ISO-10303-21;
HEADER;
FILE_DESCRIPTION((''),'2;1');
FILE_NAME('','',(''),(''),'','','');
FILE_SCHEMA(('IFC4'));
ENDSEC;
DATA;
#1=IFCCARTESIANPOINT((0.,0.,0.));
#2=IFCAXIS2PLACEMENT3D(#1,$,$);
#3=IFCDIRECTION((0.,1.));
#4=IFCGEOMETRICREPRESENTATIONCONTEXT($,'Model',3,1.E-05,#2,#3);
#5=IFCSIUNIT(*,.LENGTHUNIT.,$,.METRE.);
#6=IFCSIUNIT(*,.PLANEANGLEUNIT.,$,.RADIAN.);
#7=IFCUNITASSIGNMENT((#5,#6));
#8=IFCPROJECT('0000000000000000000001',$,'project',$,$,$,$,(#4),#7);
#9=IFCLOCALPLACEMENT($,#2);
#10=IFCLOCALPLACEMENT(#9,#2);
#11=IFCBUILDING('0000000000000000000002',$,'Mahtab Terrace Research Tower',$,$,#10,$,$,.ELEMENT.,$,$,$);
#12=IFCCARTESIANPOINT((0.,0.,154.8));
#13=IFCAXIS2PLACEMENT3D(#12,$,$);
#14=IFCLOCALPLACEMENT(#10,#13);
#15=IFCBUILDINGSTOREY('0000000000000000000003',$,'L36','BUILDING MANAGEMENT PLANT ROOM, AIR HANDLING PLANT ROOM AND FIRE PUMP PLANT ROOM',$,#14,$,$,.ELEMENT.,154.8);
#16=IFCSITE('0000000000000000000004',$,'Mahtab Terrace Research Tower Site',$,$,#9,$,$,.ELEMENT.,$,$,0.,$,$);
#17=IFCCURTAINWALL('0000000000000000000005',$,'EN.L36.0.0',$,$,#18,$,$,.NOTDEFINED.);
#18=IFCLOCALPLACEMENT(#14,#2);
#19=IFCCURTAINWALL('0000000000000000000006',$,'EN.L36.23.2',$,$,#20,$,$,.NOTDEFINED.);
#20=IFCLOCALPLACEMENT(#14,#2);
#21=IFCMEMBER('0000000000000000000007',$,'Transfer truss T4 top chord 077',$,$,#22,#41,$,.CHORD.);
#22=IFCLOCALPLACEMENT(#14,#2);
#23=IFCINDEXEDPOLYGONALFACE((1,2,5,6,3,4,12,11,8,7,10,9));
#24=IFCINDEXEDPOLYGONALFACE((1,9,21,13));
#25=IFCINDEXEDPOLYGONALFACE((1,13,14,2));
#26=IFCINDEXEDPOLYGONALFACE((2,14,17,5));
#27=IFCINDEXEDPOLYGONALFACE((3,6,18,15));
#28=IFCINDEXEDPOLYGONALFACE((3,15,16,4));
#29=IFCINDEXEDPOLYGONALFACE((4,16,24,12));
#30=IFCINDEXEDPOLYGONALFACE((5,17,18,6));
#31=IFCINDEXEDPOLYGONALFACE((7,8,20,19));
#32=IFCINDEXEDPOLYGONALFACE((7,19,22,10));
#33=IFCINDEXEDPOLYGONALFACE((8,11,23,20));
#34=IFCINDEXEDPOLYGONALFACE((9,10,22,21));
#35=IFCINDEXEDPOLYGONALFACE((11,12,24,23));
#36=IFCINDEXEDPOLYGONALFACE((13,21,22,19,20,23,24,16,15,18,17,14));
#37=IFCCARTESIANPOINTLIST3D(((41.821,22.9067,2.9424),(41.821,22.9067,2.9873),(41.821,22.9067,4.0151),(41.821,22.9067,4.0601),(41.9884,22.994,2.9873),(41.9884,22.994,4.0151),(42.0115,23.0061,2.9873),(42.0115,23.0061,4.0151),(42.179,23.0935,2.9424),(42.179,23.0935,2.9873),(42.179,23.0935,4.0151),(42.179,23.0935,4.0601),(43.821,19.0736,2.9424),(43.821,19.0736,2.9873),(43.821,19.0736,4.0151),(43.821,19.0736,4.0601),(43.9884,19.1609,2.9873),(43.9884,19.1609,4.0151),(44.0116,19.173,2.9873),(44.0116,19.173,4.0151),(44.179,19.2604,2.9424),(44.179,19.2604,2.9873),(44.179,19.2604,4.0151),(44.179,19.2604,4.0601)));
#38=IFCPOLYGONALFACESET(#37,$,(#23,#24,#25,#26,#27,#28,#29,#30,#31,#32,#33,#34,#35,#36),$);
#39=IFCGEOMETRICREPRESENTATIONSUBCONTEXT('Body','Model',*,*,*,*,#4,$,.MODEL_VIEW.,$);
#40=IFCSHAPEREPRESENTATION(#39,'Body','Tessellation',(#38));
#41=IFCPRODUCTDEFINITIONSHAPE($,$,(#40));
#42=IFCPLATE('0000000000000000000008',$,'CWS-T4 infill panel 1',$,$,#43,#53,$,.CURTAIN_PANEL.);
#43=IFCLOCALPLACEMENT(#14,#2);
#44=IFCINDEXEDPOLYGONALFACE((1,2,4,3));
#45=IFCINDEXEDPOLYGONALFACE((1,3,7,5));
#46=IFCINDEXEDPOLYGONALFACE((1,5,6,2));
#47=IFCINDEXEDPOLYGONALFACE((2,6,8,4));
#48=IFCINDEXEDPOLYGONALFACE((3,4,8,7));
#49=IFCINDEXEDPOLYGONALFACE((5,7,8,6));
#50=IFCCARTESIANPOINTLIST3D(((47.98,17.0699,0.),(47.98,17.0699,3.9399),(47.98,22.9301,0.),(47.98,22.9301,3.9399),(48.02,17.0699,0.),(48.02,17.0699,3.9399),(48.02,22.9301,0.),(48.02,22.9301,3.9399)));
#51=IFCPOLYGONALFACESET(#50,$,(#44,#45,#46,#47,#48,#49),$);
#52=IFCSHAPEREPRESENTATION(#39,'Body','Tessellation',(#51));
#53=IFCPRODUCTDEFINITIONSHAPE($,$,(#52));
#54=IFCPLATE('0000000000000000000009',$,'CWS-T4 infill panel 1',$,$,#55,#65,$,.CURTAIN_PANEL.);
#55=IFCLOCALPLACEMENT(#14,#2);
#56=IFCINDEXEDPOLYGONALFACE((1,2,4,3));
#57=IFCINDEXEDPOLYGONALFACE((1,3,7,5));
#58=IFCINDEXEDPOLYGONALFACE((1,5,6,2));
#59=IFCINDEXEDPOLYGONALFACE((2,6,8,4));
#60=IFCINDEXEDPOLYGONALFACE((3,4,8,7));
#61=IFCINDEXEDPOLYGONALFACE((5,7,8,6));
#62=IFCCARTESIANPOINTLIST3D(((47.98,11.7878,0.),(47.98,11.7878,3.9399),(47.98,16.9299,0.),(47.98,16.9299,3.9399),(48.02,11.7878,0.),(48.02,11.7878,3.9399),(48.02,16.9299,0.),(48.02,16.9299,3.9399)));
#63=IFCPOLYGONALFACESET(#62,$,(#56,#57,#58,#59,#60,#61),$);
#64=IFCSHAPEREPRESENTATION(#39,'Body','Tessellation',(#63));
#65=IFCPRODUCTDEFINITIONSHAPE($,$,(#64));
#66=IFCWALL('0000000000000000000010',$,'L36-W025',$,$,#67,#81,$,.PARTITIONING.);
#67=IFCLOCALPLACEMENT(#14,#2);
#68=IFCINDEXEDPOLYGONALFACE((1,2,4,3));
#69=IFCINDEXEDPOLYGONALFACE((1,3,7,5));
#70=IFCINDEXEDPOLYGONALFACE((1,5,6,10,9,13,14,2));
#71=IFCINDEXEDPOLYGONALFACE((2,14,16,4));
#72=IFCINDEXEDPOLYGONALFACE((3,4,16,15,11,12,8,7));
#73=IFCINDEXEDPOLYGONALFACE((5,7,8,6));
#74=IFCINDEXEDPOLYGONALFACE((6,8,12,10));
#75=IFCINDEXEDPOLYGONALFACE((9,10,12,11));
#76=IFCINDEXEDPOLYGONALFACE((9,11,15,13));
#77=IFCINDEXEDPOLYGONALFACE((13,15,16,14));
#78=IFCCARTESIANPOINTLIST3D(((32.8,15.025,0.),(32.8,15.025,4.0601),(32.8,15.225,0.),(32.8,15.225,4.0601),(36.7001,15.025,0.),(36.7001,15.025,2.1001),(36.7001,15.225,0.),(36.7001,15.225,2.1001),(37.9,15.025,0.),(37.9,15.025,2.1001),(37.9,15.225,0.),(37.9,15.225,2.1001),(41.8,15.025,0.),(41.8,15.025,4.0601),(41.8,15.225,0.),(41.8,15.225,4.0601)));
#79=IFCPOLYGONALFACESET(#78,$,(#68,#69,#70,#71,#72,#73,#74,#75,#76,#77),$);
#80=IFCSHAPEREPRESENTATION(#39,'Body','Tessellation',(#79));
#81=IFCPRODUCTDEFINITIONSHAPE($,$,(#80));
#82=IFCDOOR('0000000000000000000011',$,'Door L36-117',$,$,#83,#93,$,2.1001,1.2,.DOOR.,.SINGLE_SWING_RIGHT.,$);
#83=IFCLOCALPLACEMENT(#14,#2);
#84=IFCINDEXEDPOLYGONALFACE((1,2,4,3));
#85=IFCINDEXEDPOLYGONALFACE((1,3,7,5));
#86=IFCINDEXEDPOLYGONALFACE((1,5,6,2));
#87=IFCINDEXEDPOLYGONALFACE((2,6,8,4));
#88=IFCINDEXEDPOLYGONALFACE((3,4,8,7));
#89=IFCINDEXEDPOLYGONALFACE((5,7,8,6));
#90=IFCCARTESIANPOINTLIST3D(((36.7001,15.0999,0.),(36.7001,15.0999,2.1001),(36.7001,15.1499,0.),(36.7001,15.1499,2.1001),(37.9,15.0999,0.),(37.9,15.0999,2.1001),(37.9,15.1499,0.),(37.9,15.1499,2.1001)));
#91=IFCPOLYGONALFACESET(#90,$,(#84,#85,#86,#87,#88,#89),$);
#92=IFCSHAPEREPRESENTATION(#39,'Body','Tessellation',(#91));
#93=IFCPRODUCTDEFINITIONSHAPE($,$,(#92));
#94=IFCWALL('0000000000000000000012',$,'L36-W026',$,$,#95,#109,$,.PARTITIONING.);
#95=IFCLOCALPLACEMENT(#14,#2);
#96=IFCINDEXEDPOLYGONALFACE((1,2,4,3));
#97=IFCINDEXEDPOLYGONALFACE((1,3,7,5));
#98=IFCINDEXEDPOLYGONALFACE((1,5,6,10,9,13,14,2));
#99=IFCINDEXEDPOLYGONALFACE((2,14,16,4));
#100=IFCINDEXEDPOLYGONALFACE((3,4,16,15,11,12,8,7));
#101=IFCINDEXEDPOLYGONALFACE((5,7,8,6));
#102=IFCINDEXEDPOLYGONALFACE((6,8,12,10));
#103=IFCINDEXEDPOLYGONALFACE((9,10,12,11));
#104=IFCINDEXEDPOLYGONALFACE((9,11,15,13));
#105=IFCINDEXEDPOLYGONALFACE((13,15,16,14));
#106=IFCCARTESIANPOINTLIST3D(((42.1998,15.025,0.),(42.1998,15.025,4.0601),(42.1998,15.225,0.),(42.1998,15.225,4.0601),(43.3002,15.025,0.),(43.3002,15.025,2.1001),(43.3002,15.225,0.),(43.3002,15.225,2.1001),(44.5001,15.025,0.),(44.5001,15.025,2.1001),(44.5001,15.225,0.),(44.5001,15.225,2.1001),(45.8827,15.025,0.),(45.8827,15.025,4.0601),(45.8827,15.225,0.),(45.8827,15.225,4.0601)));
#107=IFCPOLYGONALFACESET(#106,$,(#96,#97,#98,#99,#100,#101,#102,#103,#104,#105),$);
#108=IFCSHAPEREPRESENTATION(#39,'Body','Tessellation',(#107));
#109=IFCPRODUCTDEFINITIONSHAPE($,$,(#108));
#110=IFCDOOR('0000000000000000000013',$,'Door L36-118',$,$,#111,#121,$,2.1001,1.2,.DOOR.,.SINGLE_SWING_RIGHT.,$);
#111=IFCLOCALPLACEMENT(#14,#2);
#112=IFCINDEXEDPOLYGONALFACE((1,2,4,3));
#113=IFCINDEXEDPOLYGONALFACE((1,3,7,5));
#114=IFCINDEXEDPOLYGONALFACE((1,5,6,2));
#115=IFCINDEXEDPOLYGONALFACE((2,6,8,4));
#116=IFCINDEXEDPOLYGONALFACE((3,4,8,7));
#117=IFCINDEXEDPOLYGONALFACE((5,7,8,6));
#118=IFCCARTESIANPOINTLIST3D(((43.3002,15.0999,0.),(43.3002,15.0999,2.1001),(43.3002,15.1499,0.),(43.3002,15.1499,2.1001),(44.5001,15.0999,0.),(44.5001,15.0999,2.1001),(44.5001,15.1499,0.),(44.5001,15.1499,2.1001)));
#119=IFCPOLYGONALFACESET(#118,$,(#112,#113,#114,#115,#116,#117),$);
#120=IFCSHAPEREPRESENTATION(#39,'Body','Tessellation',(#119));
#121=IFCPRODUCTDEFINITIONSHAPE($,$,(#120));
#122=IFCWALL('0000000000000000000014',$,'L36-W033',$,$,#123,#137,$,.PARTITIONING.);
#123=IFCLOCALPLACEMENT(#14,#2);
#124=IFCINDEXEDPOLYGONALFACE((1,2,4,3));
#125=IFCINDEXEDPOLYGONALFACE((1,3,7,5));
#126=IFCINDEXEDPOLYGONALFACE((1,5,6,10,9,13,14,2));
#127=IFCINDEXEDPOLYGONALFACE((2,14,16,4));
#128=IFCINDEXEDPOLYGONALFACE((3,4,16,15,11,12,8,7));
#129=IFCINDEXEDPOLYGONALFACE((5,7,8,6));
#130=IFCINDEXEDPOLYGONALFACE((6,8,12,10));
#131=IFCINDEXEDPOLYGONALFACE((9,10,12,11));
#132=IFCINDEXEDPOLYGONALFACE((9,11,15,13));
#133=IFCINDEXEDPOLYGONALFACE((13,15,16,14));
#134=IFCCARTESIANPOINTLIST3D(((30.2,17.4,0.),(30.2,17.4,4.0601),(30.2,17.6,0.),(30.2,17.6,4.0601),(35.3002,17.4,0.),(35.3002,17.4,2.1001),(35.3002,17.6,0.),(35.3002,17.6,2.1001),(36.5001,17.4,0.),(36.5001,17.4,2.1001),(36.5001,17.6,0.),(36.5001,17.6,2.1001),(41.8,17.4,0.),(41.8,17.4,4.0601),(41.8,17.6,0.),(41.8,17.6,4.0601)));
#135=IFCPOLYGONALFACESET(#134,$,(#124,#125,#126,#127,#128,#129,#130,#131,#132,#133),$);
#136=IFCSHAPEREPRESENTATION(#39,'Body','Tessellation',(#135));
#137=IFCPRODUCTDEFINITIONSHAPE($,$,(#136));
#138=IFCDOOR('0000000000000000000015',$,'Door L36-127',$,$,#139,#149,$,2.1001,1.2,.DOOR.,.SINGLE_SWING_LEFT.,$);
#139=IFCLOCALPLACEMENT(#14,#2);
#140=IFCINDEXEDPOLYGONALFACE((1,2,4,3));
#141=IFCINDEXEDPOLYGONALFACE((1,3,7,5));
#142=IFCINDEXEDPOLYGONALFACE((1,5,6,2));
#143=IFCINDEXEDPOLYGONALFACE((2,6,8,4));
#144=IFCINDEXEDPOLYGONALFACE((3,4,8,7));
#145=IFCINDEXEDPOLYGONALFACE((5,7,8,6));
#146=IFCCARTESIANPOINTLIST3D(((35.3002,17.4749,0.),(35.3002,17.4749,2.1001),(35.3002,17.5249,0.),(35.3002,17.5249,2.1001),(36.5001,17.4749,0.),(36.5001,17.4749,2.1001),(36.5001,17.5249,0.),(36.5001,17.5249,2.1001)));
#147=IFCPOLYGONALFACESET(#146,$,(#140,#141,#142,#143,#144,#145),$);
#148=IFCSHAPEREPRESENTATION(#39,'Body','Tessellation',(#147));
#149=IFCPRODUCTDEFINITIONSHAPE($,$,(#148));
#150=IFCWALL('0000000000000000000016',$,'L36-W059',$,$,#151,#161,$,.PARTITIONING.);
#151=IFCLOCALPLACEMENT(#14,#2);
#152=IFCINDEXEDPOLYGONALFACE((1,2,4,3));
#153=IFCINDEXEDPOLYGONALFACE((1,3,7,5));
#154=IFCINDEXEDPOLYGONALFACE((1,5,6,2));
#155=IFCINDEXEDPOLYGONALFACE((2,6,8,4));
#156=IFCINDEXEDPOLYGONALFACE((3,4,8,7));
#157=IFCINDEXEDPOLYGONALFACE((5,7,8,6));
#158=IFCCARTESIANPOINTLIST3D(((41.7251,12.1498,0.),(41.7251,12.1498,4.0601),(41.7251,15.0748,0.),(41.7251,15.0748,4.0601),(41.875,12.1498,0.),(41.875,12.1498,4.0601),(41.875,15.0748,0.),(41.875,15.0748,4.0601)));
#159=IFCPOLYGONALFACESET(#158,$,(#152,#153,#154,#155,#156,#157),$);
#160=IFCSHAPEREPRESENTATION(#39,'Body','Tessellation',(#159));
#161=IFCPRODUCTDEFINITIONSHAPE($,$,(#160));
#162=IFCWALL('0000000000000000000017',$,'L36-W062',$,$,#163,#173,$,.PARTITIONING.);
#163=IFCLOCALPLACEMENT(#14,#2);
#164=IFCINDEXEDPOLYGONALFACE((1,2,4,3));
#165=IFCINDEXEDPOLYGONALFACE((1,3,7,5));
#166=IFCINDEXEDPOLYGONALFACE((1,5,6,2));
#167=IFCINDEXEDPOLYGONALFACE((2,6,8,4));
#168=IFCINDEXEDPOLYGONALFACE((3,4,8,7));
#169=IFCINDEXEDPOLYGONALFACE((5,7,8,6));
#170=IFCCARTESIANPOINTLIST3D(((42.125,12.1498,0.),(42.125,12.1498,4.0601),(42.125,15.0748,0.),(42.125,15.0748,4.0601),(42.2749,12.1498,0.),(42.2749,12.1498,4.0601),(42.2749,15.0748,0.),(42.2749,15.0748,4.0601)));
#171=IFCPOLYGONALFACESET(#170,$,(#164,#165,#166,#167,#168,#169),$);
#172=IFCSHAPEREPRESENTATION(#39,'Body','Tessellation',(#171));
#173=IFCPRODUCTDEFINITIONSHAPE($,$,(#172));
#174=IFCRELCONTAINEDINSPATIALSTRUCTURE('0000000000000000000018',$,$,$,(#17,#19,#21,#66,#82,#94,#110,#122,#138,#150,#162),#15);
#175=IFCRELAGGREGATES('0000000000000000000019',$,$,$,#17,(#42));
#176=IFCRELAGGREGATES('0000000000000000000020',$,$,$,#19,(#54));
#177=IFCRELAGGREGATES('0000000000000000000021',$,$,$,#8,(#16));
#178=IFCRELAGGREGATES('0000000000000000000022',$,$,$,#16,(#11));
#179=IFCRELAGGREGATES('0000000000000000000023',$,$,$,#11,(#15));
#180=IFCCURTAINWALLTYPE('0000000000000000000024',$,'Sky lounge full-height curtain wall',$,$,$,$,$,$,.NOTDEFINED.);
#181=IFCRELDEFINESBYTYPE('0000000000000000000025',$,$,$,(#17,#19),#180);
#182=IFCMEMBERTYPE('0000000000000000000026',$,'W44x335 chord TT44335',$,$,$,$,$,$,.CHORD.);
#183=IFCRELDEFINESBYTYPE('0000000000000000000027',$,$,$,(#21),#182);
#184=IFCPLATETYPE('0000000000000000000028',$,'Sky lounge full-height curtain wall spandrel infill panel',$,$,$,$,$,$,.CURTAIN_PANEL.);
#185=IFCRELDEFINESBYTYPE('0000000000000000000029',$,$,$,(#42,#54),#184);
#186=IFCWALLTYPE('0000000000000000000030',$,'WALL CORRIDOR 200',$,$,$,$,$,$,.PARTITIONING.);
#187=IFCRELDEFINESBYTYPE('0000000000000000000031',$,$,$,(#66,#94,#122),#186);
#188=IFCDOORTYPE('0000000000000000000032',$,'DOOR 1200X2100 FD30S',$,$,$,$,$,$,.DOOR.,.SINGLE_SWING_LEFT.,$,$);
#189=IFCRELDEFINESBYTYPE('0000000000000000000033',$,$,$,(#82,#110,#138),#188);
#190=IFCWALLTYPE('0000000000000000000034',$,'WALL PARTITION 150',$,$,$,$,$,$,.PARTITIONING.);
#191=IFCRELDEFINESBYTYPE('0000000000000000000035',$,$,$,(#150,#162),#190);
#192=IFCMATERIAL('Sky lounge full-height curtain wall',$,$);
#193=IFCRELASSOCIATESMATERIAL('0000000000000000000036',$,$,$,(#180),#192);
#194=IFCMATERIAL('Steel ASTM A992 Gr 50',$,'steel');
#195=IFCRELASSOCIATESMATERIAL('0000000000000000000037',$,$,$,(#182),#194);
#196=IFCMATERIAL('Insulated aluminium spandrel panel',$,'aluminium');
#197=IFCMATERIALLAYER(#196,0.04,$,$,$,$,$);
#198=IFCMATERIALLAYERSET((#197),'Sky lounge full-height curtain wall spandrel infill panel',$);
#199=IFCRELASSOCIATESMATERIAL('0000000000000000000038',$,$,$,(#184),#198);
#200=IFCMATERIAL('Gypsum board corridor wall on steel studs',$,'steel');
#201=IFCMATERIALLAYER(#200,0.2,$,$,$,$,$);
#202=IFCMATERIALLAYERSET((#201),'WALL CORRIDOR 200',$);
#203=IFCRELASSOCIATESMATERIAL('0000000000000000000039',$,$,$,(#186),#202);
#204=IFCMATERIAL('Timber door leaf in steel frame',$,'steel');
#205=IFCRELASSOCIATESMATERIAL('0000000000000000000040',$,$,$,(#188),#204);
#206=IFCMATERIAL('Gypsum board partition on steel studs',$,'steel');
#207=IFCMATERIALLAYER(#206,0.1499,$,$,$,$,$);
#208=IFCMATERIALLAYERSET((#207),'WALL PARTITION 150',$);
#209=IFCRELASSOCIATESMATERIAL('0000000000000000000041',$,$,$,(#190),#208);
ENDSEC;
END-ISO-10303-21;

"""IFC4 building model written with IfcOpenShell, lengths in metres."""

from ifc_helpers import new_model, si_unit, direction, frame, frame_2d, origin, origin_2d, place, context, subcontext, project, spatial, rectangle, i_section, extrude, material, layer, layer_set, material_profile, profile_set, type_object, element, fill, aggregate, save


model = new_model("IFC4")

# Units and contexts
model_context = context("Model", 3, precision=1e-05, world=origin(), true_north=direction((0.0, 1.0)))
body_context = subcontext(model_context, "Body", "Model", "MODEL_VIEW")
ifc_project = project(units=[si_unit("LENGTHUNIT", "METRE"), si_unit("PLANEANGLEUNIT", "RADIAN")], contexts=[model_context])

# Site, building, storey
site_placement = place(None, origin())
site = spatial("IfcSite", under=ifc_project, at=site_placement, Name="Mahtab Terrace Research Tower Site", CompositionType="ELEMENT", RefElevation=0.0)
building_placement = place(site_placement, origin())
building = spatial("IfcBuilding", under=site, at=building_placement, Name="Mahtab Terrace Research Tower", CompositionType="ELEMENT")
storey_placement = place(building_placement, frame((0.0, 0.0, 154.8)))
storey = spatial("IfcBuildingStorey", under=building, at=storey_placement, Name="L36", Description="BUILDING MANAGEMENT PLANT ROOM, AIR HANDLING PLANT ROOM AND FIRE PUMP PLANT ROOM", CompositionType="ELEMENT", Elevation=154.8)

# Curtain walls
ifc_material_1 = material(Name="Sky lounge full-height curtain wall")
curtain_wall_type = type_object("IfcCurtainWallType", Name="Sky lounge full-height curtain wall", PredefinedType="NOTDEFINED", material=ifc_material_1)
curtain_wall_1_placement = place(storey_placement, origin())
curtain_wall_1 = element("IfcCurtainWall", 1, at=curtain_wall_1_placement, inside=storey, type_object=curtain_wall_type, Name="EN.L36.0.0", PredefinedType="NOTDEFINED")
curtain_wall_2_placement = place(storey_placement, origin())
curtain_wall_2 = element("IfcCurtainWall", 2, at=curtain_wall_2_placement, inside=storey, type_object=curtain_wall_type, Name="EN.L36.23.2", PredefinedType="NOTDEFINED")

# Shared definitions
ifc_material_2 = material(Name="Steel ASTM A992 Gr 50", Category="steel")

# Member
ifc_material_profile_1 = material_profile(ifc_material_2, i_section(OverallWidth=0.4038, OverallDepth=1.1177, WebThickness=0.0261, FlangeThickness=0.0449, at=origin_2d()), Name="W44X335")
ifc_profile_set_1 = profile_set([ifc_material_profile_1], Name="Steel ASTM A992 Gr 50")
member_type_1 = type_object("IfcMemberType", Name="W44x335 chord TT44335", PredefinedType="CHORD", material=ifc_profile_set_1)
member_1_placement = place(storey_placement, frame((44.0, 19.167, 3.5012), z_axis=(-0.462597, 0.886569, 0.0), x_axis=(-0.886569, -0.462597, 0.0)))
element("IfcMember", 3, at=member_1_placement, inside=storey, type_object=member_type_1, Name="Transfer truss T4 top chord 077", PredefinedType="CHORD", context=body_context, shape_type="SweptSolid", body=[
    extrude(i_section(OverallWidth=0.4038, OverallDepth=1.1177, WebThickness=0.0261, FlangeThickness=0.0449, at=origin_2d()), origin(), (0.0, 0.0, 1.0), 4.3235),
])

# Plates
ifc_material_3 = material(Name="Insulated aluminium spandrel panel", Category="aluminium")
ifc_layer_1 = layer(ifc_material_3, 0.04)
ifc_layer_set_1 = layer_set([ifc_layer_1], Name="Sky lounge full-height curtain wall spandrel infill panel")
plate_type = type_object("IfcPlateType", Name="Sky lounge full-height curtain wall spandrel infill panel", PredefinedType="CURTAIN_PANEL", material=ifc_layer_set_1)
plate_1_placement = place(storey_placement, frame((48.0, 20.0, 0.0), z_axis=(0.0, 0.0, 1.0), x_axis=(0.0, 1.0, 0.0)))
plate_1 = element("IfcPlate", 4, at=plate_1_placement, type_object=plate_type, Name="CWS-T4 infill panel 1", PredefinedType="CURTAIN_PANEL", context=body_context, shape_type="SweptSolid", body=[
    extrude(rectangle(XDim=5.8601, YDim=0.04, at=origin_2d()), origin(), (0.0, 0.0, 1.0), 3.9399),
])
aggregate(curtain_wall_1, [plate_1])
plate_2_placement = place(storey_placement, frame((48.0, 14.3589, 0.0), z_axis=(0.0, 0.0, 1.0), x_axis=(0.0, 1.0, 0.0)))
plate_2 = element("IfcPlate", 5, at=plate_2_placement, type_object=plate_type, Name="CWS-T4 infill panel 1", PredefinedType="CURTAIN_PANEL", context=body_context, shape_type="SweptSolid", body=[
    extrude(rectangle(XDim=5.1421, YDim=0.04, at=origin_2d()), origin(), (0.0, 0.0, 1.0), 3.9399),
])
aggregate(curtain_wall_2, [plate_2])

# Walls, openings, doors
ifc_material_4 = material(Name="Gypsum board corridor wall on steel studs", Category="steel")
ifc_layer_2 = layer(ifc_material_4, 0.2)
ifc_layer_set_2 = layer_set([ifc_layer_2], Name="WALL CORRIDOR 200")
wall_type_1 = type_object("IfcWallType", Name="WALL CORRIDOR 200", PredefinedType="PARTITIONING", material=ifc_layer_set_2)
wall_1_placement = place(storey_placement, frame((32.8, 15.125, 0.0), z_axis=(0.0, 0.0, 1.0), x_axis=(1.0, 0.0, 0.0)))
wall_1 = element("IfcWall", 6, at=wall_1_placement, inside=storey, type_object=wall_type_1, Name="L36-W025", PredefinedType="PARTITIONING", context=body_context, shape_type="SweptSolid", body=[
    extrude(rectangle(XDim=9.0, YDim=0.2, at=frame_2d((4.5, 0.0))), origin(), (0.0, 0.0, 1.0), 4.0601),
])
opening_1_placement = place(wall_1_placement, frame((3.8999, 0.0, 0.0)))
opening_1 = element("IfcOpeningElement", 7, at=opening_1_placement, cuts=wall_1, PredefinedType="OPENING", context=body_context, shape_type="SweptSolid", body=[
    extrude(rectangle(XDim=1.2, YDim=2.1001, at=frame_2d((0.6001, 1.05))), frame((0.0, 0.1099, 0.0), z_axis=(0.0, -1.0, 0.0), x_axis=(1.0, 0.0, 0.0)), (0.0, 0.0, 1.0), 0.22),
])
ifc_material_5 = material(Name="Timber door leaf in steel frame", Category="steel")
door_type = type_object("IfcDoorType", Name="DOOR 1200X2100 FD30S", OperationType="SINGLE_SWING_LEFT", PredefinedType="DOOR", material=ifc_material_5)
door_1_placement = place(opening_1_placement, origin())
door_1 = element("IfcDoor", 8, at=door_1_placement, inside=storey, type_object=door_type, Name="Door L36-117", OperationType="SINGLE_SWING_RIGHT", OverallHeight=2.1001, OverallWidth=1.2, PredefinedType="DOOR", context=body_context, shape_type="SweptSolid", body=[
    extrude(rectangle(XDim=1.2, YDim=2.1001, at=frame_2d((0.6001, 1.05))), frame((0.0, 0.0249, 0.0), z_axis=(0.0, -1.0, 0.0), x_axis=(1.0, 0.0, 0.0)), (0.0, 0.0, 1.0), 0.05),
])
fill(opening_1, door_1)
wall_2_placement = place(storey_placement, frame((42.2, 15.125, 0.0), z_axis=(0.0, 0.0, 1.0), x_axis=(1.0, 0.0, 0.0)))
wall_2 = element("IfcWall", 9, at=wall_2_placement, inside=storey, type_object=wall_type_1, Name="L36-W026", PredefinedType="PARTITIONING", context=body_context, shape_type="SweptSolid", body=[
    extrude(rectangle(XDim=3.6829, YDim=0.2, at=frame_2d((1.8413, 0.0))), origin(), (0.0, 0.0, 1.0), 4.0601),
])
opening_2_placement = place(wall_2_placement, frame((1.1001, 0.0, 0.0)))
opening_2 = element("IfcOpeningElement", 10, at=opening_2_placement, cuts=wall_2, PredefinedType="OPENING", context=body_context, shape_type="SweptSolid", body=[
    extrude(rectangle(XDim=1.2, YDim=2.1001, at=frame_2d((0.6001, 1.05))), frame((0.0, 0.1099, 0.0), z_axis=(0.0, -1.0, 0.0), x_axis=(1.0, 0.0, 0.0)), (0.0, 0.0, 1.0), 0.22),
])
door_2_placement = place(opening_2_placement, origin())
door_2 = element("IfcDoor", 11, at=door_2_placement, inside=storey, type_object=door_type, Name="Door L36-118", OperationType="SINGLE_SWING_RIGHT", OverallHeight=2.1001, OverallWidth=1.2, PredefinedType="DOOR", context=body_context, shape_type="SweptSolid", body=[
    extrude(rectangle(XDim=1.2, YDim=2.1001, at=frame_2d((0.6001, 1.05))), frame((0.0, 0.0249, 0.0), z_axis=(0.0, -1.0, 0.0), x_axis=(1.0, 0.0, 0.0)), (0.0, 0.0, 1.0), 0.05),
])
fill(opening_2, door_2)
wall_3_placement = place(storey_placement, frame((30.2, 17.5, 0.0), z_axis=(0.0, 0.0, 1.0), x_axis=(1.0, 0.0, 0.0)))
wall_3 = element("IfcWall", 12, at=wall_3_placement, inside=storey, type_object=wall_type_1, Name="L36-W033", PredefinedType="PARTITIONING", context=body_context, shape_type="SweptSolid", body=[
    extrude(rectangle(XDim=11.6001, YDim=0.2, at=frame_2d((5.8, 0.0))), origin(), (0.0, 0.0, 1.0), 4.0601),
])
opening_3_placement = place(wall_3_placement, frame((5.1001, 0.0, 0.0)))
opening_3 = element("IfcOpeningElement", 13, at=opening_3_placement, cuts=wall_3, PredefinedType="OPENING", context=body_context, shape_type="SweptSolid", body=[
    extrude(rectangle(XDim=1.2, YDim=2.1001, at=frame_2d((0.6001, 1.05))), frame((0.0, 0.1099, 0.0), z_axis=(0.0, -1.0, 0.0), x_axis=(1.0, 0.0, 0.0)), (0.0, 0.0, 1.0), 0.22),
])
door_3_placement = place(opening_3_placement, origin())
door_3 = element("IfcDoor", 14, at=door_3_placement, inside=storey, type_object=door_type, Name="Door L36-127", OperationType="SINGLE_SWING_LEFT", OverallHeight=2.1001, OverallWidth=1.2, PredefinedType="DOOR", context=body_context, shape_type="SweptSolid", body=[
    extrude(rectangle(XDim=1.2, YDim=2.1001, at=frame_2d((0.6001, 1.05))), frame((0.0, 0.0249, 0.0), z_axis=(0.0, -1.0, 0.0), x_axis=(1.0, 0.0, 0.0)), (0.0, 0.0, 1.0), 0.05),
])
fill(opening_3, door_3)

# Walls
ifc_material_6 = material(Name="Gypsum board partition on steel studs", Category="steel")
ifc_layer_3 = layer(ifc_material_6, 0.1499)
ifc_layer_set_3 = layer_set([ifc_layer_3], Name="WALL PARTITION 150")
wall_type_2 = type_object("IfcWallType", Name="WALL PARTITION 150", PredefinedType="PARTITIONING", material=ifc_layer_set_3)
for number, where, z_axis, x_axis, name in (
    (15, (41.8, 12.1499, 0.0), (0.0, 0.0, 1.0), (0.0, 1.0, 0.0), "L36-W059"),
    (16, (42.2, 12.1499, 0.0), (0.0, 0.0, 1.0), (0.0, 1.0, 0.0), "L36-W062"),
):
    element("IfcWall", number, at=place(storey_placement, frame(where, z_axis=z_axis, x_axis=x_axis)), inside=storey, type_object=wall_type_2, Name=name, PredefinedType="PARTITIONING", context=body_context, shape_type="SweptSolid", body=[
        extrude(rectangle(XDim=2.925, YDim=0.1499, at=frame_2d((1.4624, 0.0))), origin(), (0.0, 0.0, 1.0), 4.0601),
    ])

save(model, "model.ifc")
